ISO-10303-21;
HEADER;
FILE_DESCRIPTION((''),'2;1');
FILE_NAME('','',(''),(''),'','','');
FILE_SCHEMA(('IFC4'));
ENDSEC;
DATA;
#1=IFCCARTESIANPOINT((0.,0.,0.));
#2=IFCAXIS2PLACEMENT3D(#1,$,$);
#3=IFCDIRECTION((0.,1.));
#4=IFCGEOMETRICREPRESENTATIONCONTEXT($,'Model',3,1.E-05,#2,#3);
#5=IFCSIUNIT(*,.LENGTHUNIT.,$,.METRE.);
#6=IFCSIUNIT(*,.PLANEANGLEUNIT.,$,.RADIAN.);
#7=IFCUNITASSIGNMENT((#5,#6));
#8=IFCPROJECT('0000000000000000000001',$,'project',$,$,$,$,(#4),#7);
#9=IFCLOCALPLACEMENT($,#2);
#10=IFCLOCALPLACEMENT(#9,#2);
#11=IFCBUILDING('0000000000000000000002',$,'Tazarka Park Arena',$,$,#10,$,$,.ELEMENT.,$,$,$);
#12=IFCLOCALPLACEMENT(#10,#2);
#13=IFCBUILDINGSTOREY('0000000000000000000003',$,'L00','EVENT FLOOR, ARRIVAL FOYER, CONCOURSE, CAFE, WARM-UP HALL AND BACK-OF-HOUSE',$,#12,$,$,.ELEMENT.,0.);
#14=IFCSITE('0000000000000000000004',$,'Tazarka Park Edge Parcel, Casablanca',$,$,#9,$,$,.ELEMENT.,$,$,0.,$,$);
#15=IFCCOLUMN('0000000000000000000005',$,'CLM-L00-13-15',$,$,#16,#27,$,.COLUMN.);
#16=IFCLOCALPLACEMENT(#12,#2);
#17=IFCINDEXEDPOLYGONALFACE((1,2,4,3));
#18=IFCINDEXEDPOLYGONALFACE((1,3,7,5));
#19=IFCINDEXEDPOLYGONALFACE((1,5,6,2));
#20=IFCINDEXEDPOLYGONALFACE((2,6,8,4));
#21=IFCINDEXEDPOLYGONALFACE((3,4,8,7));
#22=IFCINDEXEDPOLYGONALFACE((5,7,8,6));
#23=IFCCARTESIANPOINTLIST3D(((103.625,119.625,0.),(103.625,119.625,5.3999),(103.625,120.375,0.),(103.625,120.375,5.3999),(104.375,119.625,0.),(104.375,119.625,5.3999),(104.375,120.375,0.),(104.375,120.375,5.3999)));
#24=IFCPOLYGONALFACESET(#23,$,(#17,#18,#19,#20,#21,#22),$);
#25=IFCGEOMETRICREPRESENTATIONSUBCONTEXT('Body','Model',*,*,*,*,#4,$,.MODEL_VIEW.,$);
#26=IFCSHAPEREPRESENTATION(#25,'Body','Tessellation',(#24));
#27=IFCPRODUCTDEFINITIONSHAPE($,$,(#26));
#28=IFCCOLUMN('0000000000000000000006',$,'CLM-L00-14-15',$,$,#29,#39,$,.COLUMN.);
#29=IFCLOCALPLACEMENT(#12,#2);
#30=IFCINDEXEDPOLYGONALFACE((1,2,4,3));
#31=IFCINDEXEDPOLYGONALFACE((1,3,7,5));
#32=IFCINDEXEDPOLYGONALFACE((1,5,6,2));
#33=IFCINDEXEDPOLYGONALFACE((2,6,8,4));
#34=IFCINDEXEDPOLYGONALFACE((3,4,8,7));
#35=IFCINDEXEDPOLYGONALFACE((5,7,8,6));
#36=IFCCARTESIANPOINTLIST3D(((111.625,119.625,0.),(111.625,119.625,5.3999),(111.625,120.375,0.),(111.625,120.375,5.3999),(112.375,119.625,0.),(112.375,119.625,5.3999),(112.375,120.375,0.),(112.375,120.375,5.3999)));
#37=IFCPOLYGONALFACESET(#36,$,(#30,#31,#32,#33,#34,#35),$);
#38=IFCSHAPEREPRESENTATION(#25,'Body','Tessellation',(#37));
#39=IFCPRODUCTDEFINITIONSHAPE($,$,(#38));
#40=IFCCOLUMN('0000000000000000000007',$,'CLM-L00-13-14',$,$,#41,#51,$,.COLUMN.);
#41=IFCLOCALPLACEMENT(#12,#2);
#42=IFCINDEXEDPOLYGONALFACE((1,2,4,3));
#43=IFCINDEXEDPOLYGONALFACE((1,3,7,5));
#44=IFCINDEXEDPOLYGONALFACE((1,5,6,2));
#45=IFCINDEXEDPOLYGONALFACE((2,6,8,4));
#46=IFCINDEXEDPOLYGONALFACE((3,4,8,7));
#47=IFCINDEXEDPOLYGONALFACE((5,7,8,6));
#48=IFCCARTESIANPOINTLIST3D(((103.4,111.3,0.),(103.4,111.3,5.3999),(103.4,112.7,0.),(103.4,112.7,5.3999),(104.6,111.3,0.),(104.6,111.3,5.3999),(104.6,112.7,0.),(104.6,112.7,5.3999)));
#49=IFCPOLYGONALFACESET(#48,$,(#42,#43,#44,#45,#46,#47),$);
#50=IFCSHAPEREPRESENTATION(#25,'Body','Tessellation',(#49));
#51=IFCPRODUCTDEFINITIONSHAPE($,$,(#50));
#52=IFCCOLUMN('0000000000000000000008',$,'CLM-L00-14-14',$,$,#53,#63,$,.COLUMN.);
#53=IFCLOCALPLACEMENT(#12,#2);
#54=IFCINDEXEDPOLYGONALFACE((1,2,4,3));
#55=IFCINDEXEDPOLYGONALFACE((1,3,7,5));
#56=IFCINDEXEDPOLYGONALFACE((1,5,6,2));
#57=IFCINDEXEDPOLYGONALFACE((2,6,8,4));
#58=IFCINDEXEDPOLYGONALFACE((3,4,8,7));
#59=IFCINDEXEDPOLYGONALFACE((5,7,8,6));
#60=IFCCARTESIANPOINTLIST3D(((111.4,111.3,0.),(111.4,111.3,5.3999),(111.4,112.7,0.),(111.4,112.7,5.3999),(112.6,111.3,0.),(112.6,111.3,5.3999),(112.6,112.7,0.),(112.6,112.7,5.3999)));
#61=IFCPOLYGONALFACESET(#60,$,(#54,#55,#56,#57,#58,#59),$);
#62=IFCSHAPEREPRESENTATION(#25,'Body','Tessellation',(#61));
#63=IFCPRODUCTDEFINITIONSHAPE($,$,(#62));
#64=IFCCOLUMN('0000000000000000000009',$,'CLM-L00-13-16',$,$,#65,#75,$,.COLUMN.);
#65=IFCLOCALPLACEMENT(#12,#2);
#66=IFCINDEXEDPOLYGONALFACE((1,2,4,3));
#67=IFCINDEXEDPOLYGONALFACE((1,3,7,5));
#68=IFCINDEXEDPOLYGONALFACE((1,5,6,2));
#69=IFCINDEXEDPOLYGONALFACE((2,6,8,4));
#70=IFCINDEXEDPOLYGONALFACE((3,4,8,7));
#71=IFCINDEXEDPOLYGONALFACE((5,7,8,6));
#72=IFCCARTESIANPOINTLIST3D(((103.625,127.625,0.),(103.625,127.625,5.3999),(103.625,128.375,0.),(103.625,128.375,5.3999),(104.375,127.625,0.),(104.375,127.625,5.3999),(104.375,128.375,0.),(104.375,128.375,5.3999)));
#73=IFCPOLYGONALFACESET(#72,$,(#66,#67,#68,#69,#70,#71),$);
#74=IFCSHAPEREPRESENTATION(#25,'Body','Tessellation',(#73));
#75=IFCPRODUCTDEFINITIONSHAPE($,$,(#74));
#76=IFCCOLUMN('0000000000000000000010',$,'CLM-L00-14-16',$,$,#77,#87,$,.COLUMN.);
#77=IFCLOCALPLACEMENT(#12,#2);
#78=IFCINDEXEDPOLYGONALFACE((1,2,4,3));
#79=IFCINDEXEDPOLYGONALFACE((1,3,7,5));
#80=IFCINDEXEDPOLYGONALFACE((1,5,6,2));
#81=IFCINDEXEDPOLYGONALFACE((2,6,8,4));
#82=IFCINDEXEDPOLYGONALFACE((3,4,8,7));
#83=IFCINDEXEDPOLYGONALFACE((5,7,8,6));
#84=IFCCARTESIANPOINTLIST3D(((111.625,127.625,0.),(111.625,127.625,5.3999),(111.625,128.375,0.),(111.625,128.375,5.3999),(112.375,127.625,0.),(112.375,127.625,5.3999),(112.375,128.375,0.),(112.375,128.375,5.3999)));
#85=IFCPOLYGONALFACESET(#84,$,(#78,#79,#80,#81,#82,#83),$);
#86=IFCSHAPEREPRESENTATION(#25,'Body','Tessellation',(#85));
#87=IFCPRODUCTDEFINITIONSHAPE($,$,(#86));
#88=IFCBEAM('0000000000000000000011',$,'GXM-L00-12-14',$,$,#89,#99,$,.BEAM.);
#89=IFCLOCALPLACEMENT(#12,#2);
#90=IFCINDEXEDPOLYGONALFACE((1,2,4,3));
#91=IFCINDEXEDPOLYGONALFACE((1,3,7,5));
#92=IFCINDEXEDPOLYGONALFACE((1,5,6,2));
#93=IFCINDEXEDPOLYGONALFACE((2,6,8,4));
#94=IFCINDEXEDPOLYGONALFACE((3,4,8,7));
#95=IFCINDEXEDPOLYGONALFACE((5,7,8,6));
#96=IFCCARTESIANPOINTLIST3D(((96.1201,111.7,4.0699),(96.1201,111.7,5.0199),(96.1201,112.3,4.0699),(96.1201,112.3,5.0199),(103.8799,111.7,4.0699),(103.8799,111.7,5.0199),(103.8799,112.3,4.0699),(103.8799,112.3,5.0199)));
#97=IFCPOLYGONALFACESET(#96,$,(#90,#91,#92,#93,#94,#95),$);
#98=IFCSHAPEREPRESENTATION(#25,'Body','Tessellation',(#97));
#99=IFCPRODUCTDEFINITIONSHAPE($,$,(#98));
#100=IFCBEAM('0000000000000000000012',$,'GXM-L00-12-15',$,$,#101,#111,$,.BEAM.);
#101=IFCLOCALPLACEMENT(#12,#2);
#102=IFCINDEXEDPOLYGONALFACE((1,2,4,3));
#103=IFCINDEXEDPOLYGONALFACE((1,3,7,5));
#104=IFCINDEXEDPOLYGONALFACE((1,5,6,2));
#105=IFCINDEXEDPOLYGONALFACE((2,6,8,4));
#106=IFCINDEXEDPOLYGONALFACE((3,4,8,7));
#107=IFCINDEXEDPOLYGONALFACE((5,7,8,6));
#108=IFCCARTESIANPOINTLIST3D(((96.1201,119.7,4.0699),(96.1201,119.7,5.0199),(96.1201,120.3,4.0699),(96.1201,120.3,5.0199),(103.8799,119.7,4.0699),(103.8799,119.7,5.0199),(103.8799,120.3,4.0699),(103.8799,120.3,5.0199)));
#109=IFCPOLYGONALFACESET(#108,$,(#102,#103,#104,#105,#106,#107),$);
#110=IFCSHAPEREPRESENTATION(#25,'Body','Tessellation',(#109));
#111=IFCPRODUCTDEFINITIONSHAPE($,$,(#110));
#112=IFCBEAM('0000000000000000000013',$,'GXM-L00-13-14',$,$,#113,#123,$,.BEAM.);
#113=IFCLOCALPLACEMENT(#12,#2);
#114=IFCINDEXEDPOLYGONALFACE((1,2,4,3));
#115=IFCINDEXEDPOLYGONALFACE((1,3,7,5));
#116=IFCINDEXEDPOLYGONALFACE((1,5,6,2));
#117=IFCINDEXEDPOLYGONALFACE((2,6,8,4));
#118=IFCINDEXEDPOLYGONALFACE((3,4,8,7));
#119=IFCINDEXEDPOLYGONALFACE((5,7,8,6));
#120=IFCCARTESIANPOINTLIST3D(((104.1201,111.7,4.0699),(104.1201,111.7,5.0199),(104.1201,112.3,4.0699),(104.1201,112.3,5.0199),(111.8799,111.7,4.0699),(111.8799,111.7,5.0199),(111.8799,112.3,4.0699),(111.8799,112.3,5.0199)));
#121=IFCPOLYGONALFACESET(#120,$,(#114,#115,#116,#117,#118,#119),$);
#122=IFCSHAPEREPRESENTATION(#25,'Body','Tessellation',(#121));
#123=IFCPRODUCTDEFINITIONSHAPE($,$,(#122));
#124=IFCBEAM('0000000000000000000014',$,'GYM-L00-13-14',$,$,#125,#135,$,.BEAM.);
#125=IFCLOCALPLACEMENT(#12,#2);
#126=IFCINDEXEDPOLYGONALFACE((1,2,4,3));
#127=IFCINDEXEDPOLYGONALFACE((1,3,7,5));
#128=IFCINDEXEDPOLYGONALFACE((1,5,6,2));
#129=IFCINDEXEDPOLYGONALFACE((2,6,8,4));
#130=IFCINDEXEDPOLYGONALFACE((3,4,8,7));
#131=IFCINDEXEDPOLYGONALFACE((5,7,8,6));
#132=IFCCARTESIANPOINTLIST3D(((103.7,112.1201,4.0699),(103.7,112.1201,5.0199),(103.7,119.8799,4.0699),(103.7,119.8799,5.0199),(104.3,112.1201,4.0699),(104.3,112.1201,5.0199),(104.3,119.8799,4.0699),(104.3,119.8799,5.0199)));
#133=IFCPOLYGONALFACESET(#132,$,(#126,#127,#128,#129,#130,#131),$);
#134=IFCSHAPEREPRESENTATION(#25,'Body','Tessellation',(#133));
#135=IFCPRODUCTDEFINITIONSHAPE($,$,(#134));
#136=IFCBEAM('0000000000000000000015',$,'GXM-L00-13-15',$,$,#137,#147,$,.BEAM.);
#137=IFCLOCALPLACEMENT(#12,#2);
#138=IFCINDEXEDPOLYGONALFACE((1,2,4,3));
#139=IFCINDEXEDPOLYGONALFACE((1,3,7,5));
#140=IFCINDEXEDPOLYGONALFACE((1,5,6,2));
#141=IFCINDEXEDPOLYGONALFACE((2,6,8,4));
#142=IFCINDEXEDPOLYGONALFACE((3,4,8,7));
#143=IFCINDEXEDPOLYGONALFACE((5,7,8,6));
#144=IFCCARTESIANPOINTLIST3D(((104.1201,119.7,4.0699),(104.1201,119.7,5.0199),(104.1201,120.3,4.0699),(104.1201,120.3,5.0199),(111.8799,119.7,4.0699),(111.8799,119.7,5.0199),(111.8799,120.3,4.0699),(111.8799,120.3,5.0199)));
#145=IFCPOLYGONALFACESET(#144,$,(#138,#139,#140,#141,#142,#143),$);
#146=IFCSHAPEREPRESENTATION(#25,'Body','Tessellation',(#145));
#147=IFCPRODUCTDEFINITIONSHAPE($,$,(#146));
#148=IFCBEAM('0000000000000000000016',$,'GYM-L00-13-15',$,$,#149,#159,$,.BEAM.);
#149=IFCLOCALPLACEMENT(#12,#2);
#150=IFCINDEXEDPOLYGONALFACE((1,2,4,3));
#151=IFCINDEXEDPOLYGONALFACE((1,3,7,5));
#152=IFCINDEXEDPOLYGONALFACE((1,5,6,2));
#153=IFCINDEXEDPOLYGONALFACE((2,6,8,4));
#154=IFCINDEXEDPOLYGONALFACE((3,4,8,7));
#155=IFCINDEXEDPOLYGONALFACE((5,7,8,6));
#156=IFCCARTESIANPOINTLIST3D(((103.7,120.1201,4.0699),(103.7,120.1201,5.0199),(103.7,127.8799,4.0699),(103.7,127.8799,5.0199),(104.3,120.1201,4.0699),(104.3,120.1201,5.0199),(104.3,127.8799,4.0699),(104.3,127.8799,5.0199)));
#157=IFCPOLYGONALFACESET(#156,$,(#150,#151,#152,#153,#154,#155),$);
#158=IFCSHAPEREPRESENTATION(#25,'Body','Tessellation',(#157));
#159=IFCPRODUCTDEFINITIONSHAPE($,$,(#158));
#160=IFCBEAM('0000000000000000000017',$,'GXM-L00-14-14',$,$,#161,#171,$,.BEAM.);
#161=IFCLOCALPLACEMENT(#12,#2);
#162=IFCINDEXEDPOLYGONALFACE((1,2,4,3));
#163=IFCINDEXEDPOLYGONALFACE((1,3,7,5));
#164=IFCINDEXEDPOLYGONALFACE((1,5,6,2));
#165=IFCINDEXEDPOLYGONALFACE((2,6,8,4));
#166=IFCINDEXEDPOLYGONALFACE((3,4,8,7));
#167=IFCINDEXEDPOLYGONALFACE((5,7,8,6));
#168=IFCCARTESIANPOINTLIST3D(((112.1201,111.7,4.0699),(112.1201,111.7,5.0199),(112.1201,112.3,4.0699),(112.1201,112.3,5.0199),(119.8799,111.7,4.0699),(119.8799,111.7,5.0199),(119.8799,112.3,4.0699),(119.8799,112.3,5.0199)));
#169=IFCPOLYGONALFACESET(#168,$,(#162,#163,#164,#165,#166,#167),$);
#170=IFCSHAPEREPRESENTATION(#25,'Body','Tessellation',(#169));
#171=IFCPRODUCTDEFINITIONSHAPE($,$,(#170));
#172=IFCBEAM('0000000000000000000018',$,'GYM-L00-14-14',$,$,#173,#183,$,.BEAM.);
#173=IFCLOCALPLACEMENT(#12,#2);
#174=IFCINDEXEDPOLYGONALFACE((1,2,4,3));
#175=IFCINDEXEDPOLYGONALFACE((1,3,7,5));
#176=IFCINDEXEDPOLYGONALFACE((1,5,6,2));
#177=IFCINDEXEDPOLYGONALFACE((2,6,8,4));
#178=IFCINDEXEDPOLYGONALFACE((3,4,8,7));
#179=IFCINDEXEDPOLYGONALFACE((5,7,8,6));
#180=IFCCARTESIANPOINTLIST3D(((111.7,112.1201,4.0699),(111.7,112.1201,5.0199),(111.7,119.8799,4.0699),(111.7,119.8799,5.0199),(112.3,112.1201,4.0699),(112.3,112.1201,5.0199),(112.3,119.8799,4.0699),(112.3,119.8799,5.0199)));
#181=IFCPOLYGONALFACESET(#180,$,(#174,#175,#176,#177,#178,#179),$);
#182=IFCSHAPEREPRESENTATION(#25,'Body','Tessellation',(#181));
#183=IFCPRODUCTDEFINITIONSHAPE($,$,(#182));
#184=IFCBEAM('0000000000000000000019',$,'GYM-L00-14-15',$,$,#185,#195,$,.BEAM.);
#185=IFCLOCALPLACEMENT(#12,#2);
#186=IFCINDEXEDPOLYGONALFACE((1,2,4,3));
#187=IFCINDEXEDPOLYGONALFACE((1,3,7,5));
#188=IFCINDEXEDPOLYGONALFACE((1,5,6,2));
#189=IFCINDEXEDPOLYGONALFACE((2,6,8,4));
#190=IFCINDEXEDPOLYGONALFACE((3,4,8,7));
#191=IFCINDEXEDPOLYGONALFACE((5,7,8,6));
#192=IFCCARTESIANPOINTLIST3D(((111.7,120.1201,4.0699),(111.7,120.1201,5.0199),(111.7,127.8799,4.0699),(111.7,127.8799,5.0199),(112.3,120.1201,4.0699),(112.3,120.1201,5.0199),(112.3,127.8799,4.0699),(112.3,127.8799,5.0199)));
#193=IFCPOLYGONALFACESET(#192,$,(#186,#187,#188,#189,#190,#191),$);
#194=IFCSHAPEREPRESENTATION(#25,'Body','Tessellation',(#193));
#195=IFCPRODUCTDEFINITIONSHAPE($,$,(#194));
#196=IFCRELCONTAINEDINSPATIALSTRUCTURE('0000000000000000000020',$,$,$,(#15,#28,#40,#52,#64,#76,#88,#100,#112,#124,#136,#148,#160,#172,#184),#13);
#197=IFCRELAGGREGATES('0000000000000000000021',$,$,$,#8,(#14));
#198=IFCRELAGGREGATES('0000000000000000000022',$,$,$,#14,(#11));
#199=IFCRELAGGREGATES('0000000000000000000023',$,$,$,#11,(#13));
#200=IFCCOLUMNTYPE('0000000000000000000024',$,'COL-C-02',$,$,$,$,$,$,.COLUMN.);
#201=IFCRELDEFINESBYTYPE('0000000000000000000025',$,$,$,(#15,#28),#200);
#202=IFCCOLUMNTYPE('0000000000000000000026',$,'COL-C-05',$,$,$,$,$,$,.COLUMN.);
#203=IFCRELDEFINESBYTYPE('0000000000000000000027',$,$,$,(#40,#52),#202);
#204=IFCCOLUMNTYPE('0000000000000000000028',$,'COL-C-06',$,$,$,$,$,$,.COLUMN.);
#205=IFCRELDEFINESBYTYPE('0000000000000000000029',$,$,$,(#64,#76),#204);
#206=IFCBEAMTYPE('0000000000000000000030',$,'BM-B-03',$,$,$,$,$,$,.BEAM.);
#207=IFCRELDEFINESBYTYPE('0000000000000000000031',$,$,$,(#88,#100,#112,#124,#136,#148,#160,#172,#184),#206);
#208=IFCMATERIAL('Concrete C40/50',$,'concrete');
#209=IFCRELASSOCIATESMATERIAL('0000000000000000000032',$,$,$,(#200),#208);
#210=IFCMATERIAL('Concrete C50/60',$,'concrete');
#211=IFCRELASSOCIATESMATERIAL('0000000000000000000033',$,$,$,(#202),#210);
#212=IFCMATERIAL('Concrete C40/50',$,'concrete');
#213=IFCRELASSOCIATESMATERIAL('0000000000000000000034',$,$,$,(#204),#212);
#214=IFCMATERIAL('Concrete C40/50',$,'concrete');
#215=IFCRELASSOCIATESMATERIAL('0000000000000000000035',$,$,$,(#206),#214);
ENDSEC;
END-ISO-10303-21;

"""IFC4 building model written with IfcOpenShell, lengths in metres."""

from ifc_helpers import new_model, si_unit, direction, frame, origin, origin_2d, place, context, subcontext, project, spatial, rectangle, extrude, material, material_profile, profile_set, type_object, element, save


model = new_model("IFC4")

# Units and contexts
model_context = context("Model", 3, precision=1e-05, world=origin(), true_north=direction((0.0, 1.0)))
body_context = subcontext(model_context, "Body", "Model", "MODEL_VIEW")
ifc_project = project(units=[si_unit("LENGTHUNIT", "METRE"), si_unit("PLANEANGLEUNIT", "RADIAN")], contexts=[model_context])

# Site, building, storey
site_placement = place(None, origin())
site = spatial("IfcSite", under=ifc_project, at=site_placement, Name="Tazarka Park Edge Parcel, Casablanca", CompositionType="ELEMENT", RefElevation=0.0)
building_placement = place(site_placement, origin())
building = spatial("IfcBuilding", under=site, at=building_placement, Name="Tazarka Park Arena", CompositionType="ELEMENT")
storey_placement = place(building_placement, origin())
storey = spatial("IfcBuildingStorey", under=building, at=storey_placement, Name="L00", Description="EVENT FLOOR, ARRIVAL FOYER, CONCOURSE, CAFE, WARM-UP HALL AND BACK-OF-HOUSE", CompositionType="ELEMENT", Elevation=0.0)

# Columns
ifc_material_1 = material(Name="Concrete C40/50", Category="concrete")
ifc_material_profile_1 = material_profile(ifc_material_1, rectangle(XDim=0.75, YDim=0.75, at=origin_2d()), Name="Concrete C40/50")
ifc_profile_set_1 = profile_set([ifc_material_profile_1], Name="Concrete C40/50")
column_type_1 = type_object("IfcColumnType", Name="COL-C-02", PredefinedType="COLUMN", material=ifc_profile_set_1)
for number, where, z_axis, x_axis, name in (
    (1, (104.0, 120.0, 0.0), (0.0, 0.0, 1.0), (1.0, 0.0, 0.0), "CLM-L00-13-15"),
    (2, (112.0, 120.0, 0.0), (0.0, 0.0, 1.0), (1.0, 0.0, 0.0), "CLM-L00-14-15"),
):
    element("IfcColumn", number, at=place(storey_placement, frame(where, z_axis=z_axis, x_axis=x_axis)), inside=storey, type_object=column_type_1, Name=name, PredefinedType="COLUMN", context=body_context, shape_type="SweptSolid", body=[
        extrude(rectangle(XDim=0.75, YDim=0.75, at=origin_2d()), origin(), (0.0, 0.0, 1.0), 5.3999),
    ])
ifc_material_2 = material(Name="Concrete C50/60", Category="concrete")
ifc_material_profile_2 = material_profile(ifc_material_2, rectangle(XDim=1.2, YDim=1.3999, at=origin_2d()), Name="Concrete C50/60")
ifc_profile_set_2 = profile_set([ifc_material_profile_2], Name="Concrete C50/60")
column_type_2 = type_object("IfcColumnType", Name="COL-C-05", PredefinedType="COLUMN", material=ifc_profile_set_2)
for number, where, z_axis, x_axis, name in (
    (3, (104.0, 112.0, 0.0), (0.0, 0.0, 1.0), (1.0, 0.0, 0.0), "CLM-L00-13-14"),
    (4, (112.0, 112.0, 0.0), (0.0, 0.0, 1.0), (1.0, 0.0, 0.0), "CLM-L00-14-14"),
):
    element("IfcColumn", number, at=place(storey_placement, frame(where, z_axis=z_axis, x_axis=x_axis)), inside=storey, type_object=column_type_2, Name=name, PredefinedType="COLUMN", context=body_context, shape_type="SweptSolid", body=[
        extrude(rectangle(XDim=1.2, YDim=1.3999, at=origin_2d()), origin(), (0.0, 0.0, 1.0), 5.3999),
    ])
ifc_material_3 = material(Name="Concrete C40/50", Category="concrete")
ifc_material_profile_3 = material_profile(ifc_material_3, rectangle(XDim=0.75, YDim=0.75, at=origin_2d()), Name="Concrete C40/50")
ifc_profile_set_3 = profile_set([ifc_material_profile_3], Name="Concrete C40/50")
column_type_3 = type_object("IfcColumnType", Name="COL-C-06", PredefinedType="COLUMN", material=ifc_profile_set_3)
for number, where, z_axis, x_axis, name in (
    (5, (104.0, 128.0, 0.0), (0.0, 0.0, 1.0), (1.0, 0.0, 0.0), "CLM-L00-13-16"),
    (6, (112.0, 128.0, 0.0), (0.0, 0.0, 1.0), (1.0, 0.0, 0.0), "CLM-L00-14-16"),
):
    element("IfcColumn", number, at=place(storey_placement, frame(where, z_axis=z_axis, x_axis=x_axis)), inside=storey, type_object=column_type_3, Name=name, PredefinedType="COLUMN", context=body_context, shape_type="SweptSolid", body=[
        extrude(rectangle(XDim=0.75, YDim=0.75, at=origin_2d()), origin(), (0.0, 0.0, 1.0), 5.3999),
    ])

# Beams
ifc_material_4 = material(Name="Concrete C40/50", Category="concrete")
ifc_material_profile_4 = material_profile(ifc_material_4, rectangle(XDim=0.6001, YDim=0.95, at=origin_2d()), Name="Concrete C40/50")
ifc_profile_set_4 = profile_set([ifc_material_profile_4], Name="Concrete C40/50")
beam_type_1 = type_object("IfcBeamType", Name="BM-B-03", PredefinedType="BEAM", material=ifc_profile_set_4)
for number, where, z_axis, x_axis, name in (
    (7, (96.1201, 112.0, 4.5449), (1.0, 0.0, 0.0), (0.0, 1.0, 0.0), "GXM-L00-12-14"),
    (8, (96.1201, 120.0, 4.5449), (1.0, 0.0, 0.0), (0.0, 1.0, 0.0), "GXM-L00-12-15"),
    (9, (104.1201, 112.0, 4.5449), (1.0, 0.0, 0.0), (0.0, 1.0, 0.0), "GXM-L00-13-14"),
    (10, (104.0, 112.1201, 4.5449), (0.0, 1.0, 0.0), (-1.0, 0.0, 0.0), "GYM-L00-13-14"),
    (11, (104.1201, 120.0, 4.5449), (1.0, 0.0, 0.0), (0.0, 1.0, 0.0), "GXM-L00-13-15"),
    (12, (104.0, 120.1201, 4.5449), (0.0, 1.0, 0.0), (-1.0, 0.0, 0.0), "GYM-L00-13-15"),
    (13, (112.1201, 112.0, 4.5449), (1.0, 0.0, 0.0), (0.0, 1.0, 0.0), "GXM-L00-14-14"),
    (14, (112.0, 112.1201, 4.5449), (0.0, 1.0, 0.0), (-1.0, 0.0, 0.0), "GYM-L00-14-14"),
    (15, (112.0, 120.1201, 4.5449), (0.0, 1.0, 0.0), (-1.0, 0.0, 0.0), "GYM-L00-14-15"),
):
    element("IfcBeam", number, at=place(storey_placement, frame(where, z_axis=z_axis, x_axis=x_axis)), inside=storey, type_object=beam_type_1, Name=name, PredefinedType="BEAM", context=body_context, shape_type="SweptSolid", body=[
        extrude(rectangle(XDim=0.6001, YDim=0.95, at=origin_2d()), origin(), (0.0, 0.0, 1.0), 7.7598),
    ])

save(model, "model.ifc")
